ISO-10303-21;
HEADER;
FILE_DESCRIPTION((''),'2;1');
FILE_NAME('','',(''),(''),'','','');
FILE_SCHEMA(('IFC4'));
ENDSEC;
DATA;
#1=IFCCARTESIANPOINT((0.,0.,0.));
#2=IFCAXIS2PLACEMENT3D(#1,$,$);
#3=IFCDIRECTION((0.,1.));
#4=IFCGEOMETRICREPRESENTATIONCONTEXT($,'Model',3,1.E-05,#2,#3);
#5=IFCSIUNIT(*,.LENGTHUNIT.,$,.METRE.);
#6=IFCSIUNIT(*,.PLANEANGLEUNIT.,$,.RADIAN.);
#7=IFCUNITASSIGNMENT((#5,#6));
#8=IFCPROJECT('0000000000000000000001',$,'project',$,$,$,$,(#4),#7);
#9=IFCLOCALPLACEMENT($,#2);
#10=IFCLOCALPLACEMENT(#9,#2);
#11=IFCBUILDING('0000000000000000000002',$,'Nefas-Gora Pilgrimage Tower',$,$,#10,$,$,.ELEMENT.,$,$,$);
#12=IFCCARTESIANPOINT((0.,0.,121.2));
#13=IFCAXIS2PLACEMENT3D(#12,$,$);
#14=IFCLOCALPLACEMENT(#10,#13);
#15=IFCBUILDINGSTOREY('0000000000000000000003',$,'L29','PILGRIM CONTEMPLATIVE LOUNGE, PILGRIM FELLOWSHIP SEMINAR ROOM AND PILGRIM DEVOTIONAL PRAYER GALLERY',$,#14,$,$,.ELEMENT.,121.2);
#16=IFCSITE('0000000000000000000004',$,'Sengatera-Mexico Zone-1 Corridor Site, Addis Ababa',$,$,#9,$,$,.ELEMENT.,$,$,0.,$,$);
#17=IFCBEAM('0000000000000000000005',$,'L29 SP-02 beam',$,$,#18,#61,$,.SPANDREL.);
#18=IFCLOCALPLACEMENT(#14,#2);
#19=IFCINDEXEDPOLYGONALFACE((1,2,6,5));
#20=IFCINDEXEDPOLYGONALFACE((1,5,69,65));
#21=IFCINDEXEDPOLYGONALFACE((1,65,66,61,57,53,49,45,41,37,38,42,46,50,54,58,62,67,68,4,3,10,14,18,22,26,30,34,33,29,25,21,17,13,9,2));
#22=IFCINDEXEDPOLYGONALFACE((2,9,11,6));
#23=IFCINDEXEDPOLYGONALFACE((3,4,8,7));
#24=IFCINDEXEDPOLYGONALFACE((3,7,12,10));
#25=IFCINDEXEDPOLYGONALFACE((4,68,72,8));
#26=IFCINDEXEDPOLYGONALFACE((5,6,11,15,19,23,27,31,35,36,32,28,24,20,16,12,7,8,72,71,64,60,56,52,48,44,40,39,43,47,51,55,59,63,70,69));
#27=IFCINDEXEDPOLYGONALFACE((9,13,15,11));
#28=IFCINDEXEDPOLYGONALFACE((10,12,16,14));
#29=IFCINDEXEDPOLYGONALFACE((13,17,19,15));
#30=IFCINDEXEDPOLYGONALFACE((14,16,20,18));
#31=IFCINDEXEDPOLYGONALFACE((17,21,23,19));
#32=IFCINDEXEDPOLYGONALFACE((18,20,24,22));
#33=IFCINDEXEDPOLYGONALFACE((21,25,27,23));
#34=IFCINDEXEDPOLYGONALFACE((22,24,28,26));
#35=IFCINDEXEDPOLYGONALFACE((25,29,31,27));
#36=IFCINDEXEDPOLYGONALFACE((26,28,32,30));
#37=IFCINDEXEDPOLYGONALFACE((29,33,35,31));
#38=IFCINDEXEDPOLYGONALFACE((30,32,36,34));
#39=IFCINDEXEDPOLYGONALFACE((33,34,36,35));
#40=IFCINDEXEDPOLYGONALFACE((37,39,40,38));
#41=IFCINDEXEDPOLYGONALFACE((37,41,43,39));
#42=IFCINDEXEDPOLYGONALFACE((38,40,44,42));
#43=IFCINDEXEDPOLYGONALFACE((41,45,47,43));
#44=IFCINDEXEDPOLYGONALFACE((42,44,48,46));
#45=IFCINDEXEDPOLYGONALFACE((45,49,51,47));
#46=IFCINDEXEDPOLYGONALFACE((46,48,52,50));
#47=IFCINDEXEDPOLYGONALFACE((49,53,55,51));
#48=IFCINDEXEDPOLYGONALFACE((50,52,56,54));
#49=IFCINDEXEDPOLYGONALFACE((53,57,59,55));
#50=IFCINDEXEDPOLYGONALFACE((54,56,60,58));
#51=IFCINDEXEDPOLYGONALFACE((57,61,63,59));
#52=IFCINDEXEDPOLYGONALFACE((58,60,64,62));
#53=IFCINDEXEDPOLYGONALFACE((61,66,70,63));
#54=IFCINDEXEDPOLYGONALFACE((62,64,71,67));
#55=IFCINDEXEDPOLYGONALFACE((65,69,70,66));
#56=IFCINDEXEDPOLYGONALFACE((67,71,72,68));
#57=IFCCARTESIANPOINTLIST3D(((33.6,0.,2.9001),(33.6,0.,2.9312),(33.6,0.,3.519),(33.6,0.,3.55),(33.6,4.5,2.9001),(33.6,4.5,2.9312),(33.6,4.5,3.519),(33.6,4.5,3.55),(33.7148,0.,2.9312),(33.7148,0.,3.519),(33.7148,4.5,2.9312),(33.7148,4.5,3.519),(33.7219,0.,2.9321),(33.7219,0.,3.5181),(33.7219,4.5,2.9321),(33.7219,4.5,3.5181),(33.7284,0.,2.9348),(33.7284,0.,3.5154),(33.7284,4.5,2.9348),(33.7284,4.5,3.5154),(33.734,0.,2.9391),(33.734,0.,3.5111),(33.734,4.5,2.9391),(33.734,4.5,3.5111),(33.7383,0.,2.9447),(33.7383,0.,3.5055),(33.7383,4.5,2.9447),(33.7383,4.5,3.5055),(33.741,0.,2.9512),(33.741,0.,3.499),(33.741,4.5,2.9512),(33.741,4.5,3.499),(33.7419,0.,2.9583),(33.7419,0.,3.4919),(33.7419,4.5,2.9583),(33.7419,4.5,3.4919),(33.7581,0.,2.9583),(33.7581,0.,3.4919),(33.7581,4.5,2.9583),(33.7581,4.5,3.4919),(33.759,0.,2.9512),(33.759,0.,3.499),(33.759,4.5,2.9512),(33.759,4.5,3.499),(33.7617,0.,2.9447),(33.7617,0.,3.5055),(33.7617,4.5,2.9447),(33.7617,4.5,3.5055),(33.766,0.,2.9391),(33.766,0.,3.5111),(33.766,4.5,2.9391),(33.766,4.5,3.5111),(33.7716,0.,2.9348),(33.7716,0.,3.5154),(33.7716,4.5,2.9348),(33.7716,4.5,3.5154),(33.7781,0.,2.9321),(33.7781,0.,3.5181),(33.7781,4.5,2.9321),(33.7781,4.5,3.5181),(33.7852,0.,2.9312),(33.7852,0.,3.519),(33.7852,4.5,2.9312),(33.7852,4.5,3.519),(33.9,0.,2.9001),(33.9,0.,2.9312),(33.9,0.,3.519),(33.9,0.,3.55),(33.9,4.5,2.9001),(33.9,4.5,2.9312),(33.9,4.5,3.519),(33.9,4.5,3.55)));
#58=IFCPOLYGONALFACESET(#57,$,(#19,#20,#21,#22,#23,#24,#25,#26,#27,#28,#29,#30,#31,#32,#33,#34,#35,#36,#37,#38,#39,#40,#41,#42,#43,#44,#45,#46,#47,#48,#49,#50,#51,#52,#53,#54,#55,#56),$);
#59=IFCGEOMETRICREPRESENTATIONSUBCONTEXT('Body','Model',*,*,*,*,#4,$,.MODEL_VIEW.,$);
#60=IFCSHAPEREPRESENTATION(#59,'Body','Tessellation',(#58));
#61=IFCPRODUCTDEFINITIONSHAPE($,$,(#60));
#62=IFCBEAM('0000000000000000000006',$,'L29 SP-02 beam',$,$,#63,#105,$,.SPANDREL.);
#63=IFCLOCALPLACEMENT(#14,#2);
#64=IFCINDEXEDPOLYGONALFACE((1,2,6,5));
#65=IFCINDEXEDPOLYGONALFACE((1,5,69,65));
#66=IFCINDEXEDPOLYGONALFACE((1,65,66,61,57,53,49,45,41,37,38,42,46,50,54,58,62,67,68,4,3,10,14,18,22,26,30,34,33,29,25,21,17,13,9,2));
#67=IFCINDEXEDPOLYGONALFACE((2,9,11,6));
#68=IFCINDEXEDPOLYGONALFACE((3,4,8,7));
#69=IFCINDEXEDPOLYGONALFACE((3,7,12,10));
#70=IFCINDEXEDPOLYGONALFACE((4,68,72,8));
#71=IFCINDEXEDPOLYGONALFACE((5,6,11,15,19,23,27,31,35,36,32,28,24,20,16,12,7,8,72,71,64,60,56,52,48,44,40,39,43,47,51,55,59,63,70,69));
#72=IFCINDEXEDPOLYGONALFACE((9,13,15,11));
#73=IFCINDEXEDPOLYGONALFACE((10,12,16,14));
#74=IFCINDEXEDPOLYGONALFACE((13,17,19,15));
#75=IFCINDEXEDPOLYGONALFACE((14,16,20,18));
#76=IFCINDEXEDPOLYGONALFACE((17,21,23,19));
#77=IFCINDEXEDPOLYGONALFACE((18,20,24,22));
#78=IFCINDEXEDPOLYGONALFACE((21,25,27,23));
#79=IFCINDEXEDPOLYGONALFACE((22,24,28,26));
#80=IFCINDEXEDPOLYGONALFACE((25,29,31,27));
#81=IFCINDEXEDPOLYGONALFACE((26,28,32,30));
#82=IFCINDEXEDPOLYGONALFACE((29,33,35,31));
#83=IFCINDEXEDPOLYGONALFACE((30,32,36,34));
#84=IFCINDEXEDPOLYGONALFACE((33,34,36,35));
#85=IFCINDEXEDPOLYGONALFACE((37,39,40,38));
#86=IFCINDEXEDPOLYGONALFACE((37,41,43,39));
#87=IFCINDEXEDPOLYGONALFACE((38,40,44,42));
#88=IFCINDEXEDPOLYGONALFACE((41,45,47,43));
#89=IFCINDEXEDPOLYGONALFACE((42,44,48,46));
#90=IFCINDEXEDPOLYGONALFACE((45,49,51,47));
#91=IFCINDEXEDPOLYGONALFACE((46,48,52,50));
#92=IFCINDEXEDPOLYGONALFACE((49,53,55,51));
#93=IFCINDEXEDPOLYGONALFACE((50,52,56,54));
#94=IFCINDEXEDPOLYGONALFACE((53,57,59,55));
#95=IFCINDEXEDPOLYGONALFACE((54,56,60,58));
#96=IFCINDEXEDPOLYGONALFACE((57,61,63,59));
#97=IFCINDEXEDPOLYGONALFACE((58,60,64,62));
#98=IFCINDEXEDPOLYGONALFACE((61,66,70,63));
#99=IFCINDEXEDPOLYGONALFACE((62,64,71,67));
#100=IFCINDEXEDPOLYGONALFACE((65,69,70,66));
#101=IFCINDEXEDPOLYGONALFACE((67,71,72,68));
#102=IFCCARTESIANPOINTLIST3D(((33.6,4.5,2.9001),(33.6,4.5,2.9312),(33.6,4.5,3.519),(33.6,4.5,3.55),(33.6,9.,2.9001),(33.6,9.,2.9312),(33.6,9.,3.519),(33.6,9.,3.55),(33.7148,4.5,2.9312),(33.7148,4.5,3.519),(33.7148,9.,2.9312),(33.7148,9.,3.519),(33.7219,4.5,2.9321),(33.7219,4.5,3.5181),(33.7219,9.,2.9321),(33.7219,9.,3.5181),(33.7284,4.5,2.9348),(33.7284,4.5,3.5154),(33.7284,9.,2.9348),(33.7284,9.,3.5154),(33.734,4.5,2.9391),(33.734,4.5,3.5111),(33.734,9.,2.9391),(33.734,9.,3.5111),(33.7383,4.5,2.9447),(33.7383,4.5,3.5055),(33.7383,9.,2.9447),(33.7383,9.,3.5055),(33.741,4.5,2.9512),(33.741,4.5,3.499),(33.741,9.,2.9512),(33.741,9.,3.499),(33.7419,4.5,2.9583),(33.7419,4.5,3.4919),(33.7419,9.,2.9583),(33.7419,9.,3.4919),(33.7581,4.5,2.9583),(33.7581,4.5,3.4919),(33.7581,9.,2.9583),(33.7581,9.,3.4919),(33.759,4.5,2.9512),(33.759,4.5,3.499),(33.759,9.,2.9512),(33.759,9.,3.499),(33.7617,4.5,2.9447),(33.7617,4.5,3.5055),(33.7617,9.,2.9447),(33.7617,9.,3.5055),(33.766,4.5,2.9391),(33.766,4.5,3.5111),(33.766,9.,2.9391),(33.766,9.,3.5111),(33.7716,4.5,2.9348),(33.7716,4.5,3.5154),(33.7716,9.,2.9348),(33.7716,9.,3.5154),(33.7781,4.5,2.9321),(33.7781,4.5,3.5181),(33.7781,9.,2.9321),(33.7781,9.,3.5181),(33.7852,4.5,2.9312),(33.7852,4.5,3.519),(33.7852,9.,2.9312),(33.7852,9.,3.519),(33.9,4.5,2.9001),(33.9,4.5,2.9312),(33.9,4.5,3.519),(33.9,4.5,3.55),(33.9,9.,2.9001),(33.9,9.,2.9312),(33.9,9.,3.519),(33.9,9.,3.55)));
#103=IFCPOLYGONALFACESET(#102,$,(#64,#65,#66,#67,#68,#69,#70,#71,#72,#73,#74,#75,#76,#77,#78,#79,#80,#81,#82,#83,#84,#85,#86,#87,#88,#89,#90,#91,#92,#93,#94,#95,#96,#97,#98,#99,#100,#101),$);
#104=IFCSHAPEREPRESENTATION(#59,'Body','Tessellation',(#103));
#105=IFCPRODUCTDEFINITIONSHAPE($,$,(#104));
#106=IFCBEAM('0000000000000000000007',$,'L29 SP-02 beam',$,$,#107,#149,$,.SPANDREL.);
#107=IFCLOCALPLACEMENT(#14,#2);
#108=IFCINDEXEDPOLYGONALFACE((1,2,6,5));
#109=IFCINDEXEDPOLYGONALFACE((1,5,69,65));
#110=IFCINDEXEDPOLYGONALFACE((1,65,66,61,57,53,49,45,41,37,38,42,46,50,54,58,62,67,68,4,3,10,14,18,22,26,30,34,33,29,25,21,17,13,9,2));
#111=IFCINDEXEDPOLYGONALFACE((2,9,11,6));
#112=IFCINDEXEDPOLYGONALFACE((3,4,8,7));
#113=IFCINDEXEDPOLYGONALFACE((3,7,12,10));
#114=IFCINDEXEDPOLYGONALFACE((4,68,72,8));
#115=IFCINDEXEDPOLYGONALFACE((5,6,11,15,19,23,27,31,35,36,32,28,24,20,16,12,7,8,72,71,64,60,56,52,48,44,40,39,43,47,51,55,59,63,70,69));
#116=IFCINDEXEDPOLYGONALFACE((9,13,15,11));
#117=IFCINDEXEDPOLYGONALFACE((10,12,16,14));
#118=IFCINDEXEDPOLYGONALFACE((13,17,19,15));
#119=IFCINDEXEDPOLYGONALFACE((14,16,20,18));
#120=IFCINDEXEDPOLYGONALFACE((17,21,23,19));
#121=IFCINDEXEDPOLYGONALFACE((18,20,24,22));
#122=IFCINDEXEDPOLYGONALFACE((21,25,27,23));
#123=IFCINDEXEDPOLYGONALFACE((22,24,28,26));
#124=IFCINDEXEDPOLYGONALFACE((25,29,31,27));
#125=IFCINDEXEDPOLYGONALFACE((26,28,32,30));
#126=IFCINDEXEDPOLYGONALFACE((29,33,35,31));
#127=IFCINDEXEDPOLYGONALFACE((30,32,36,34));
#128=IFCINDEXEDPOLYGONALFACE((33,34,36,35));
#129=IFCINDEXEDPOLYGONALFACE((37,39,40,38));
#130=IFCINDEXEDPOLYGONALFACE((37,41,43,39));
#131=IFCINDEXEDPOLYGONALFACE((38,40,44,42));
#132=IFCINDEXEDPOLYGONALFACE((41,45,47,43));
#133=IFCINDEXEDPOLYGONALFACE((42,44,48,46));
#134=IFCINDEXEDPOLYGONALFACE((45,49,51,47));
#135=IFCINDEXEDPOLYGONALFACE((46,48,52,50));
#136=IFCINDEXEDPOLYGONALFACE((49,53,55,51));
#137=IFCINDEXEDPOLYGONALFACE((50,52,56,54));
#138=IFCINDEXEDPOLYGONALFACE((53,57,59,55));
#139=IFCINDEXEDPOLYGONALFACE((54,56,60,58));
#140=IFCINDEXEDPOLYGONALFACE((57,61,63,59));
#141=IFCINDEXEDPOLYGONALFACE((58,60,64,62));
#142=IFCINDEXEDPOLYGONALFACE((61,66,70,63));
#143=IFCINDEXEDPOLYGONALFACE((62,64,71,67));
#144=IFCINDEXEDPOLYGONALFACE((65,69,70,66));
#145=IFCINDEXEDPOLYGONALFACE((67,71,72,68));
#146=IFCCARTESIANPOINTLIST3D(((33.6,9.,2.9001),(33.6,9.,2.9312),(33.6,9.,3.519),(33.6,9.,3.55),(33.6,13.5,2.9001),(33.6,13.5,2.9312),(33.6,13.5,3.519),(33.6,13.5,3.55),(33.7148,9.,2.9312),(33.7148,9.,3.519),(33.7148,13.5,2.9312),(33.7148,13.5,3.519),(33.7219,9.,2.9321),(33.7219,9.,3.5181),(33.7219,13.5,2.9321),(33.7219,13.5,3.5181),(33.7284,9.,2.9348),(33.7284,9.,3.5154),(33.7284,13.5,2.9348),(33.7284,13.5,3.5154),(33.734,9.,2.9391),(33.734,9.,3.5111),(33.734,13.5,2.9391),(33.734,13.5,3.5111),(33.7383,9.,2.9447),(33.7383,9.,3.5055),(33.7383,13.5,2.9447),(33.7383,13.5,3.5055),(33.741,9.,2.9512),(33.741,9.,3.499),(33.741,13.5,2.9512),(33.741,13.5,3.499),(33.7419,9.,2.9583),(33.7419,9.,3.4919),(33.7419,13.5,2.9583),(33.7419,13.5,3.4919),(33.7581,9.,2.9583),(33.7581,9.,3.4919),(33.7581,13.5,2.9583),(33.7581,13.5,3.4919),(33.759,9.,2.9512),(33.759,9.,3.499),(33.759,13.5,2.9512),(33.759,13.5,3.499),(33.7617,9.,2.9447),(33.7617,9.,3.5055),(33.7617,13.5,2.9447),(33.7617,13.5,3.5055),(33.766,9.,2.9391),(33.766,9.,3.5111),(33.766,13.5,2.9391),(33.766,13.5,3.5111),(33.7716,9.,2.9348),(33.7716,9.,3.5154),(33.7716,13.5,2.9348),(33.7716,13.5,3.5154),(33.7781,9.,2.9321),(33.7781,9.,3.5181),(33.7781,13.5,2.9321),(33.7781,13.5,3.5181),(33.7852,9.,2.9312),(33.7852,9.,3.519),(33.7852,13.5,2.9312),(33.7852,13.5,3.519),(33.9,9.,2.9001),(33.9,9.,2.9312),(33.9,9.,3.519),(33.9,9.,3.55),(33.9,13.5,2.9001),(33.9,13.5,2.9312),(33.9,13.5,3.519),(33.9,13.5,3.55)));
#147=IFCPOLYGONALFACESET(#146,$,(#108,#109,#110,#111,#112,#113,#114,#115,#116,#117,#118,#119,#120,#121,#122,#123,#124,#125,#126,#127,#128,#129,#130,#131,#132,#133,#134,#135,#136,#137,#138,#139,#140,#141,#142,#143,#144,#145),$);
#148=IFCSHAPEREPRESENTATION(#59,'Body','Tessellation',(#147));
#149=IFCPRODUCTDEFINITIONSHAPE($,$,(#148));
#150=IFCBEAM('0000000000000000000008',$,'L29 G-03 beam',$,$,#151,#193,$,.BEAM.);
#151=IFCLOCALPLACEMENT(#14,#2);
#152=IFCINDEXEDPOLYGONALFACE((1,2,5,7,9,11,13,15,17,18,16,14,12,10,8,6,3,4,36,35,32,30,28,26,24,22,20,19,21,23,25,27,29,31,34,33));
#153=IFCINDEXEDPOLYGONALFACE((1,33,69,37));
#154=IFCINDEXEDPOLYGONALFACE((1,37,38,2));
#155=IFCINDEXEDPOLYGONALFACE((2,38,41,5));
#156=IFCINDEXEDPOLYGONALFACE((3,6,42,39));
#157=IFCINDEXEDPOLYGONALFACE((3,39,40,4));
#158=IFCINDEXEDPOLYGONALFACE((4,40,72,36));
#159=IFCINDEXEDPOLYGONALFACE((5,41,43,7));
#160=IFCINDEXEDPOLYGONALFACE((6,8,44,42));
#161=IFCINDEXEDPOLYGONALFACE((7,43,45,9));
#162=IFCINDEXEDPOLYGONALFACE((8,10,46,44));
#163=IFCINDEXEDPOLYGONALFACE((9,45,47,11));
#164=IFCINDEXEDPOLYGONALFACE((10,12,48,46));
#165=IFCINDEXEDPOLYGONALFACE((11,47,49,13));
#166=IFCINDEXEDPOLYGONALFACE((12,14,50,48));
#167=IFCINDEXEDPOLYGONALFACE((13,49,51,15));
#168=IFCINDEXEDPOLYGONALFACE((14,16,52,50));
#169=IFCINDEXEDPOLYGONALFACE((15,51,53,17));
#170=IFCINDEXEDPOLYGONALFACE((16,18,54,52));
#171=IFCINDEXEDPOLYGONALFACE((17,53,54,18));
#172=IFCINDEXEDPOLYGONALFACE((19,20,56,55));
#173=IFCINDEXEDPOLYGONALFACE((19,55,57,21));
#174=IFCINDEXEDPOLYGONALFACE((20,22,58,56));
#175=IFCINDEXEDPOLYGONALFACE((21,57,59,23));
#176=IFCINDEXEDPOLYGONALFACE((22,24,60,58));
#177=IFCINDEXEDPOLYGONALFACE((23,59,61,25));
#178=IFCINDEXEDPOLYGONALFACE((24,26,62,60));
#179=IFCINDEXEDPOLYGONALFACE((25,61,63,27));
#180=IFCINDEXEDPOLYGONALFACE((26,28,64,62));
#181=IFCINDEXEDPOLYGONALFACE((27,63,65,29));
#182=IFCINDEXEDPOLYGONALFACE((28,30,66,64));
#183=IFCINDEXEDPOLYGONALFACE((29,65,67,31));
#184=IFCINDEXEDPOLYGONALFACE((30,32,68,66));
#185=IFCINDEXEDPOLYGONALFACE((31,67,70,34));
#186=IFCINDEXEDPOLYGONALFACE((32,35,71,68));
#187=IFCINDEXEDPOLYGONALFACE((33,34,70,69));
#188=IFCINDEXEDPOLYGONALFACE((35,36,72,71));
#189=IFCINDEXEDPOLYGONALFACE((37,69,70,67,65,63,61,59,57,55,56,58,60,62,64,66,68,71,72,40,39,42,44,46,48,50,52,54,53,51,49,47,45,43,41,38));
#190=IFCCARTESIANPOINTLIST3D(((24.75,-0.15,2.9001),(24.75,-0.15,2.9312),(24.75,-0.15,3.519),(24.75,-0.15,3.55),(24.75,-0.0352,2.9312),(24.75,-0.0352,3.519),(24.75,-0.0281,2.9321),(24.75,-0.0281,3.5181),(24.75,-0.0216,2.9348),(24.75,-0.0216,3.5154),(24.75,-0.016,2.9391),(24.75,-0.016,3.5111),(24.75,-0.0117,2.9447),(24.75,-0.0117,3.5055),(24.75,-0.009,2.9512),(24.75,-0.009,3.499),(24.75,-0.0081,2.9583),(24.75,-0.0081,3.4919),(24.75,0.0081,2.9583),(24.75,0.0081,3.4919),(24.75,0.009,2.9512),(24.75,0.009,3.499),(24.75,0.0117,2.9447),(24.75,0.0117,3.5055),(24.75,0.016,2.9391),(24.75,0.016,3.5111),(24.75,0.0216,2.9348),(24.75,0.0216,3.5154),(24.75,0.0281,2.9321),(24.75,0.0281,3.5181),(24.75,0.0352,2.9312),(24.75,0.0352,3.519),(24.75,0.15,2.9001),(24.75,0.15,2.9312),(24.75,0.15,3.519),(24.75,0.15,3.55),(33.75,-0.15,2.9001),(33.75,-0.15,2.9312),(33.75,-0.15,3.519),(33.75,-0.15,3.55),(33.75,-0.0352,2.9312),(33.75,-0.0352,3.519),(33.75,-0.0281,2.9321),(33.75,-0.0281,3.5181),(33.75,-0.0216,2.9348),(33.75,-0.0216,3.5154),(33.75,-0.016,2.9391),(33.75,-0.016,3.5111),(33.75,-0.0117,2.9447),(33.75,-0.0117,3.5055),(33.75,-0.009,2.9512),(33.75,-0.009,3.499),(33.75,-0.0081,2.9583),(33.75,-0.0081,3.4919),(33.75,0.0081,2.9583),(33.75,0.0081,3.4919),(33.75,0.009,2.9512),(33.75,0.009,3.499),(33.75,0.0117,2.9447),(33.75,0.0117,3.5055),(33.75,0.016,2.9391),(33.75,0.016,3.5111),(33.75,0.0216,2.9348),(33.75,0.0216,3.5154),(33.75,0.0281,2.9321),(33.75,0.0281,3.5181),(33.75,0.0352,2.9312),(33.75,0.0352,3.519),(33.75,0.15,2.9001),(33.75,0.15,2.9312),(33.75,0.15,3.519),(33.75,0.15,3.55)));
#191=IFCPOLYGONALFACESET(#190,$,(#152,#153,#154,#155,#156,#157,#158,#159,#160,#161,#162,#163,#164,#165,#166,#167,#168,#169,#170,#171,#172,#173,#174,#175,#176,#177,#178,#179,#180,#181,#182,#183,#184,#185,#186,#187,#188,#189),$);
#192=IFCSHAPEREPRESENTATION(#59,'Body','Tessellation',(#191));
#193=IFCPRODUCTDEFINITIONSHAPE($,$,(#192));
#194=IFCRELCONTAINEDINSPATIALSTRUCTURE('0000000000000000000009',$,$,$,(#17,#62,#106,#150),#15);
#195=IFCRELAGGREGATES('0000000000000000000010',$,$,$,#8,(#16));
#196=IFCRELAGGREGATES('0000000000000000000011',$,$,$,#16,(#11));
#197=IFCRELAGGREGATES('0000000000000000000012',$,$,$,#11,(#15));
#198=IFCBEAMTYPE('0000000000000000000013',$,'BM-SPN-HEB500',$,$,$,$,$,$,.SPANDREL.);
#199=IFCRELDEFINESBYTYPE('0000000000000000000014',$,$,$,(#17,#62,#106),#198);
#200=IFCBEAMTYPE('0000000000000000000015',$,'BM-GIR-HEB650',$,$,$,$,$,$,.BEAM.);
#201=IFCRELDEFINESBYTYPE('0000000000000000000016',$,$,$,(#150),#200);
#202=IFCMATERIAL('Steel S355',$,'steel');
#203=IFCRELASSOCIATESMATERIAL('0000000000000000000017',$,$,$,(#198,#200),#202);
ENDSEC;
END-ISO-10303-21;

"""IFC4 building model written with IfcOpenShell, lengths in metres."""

from ifc_helpers import new_model, si_unit, direction, frame, origin, origin_2d, place, context, subcontext, project, spatial, i_section, extrude, source, transform, mapped, material, material_profile, profile_set, type_object, element, save


model = new_model("IFC4")

# Units and contexts
model_context = context("Model", 3, precision=1e-05, world=origin(), true_north=direction((0.0, 1.0)))
body_context = subcontext(model_context, "Body", "Model", "MODEL_VIEW")
ifc_project = project(units=[si_unit("LENGTHUNIT", "METRE"), si_unit("PLANEANGLEUNIT", "RADIAN")], contexts=[model_context])

# Site, building, storey
site_placement = place(None, origin())
site = spatial("IfcSite", under=ifc_project, at=site_placement, Name="Sengatera-Mexico Zone-1 Corridor Site, Addis Ababa", CompositionType="ELEMENT", RefElevation=0.0)
building_placement = place(site_placement, origin())
building = spatial("IfcBuilding", under=site, at=building_placement, Name="Nefas-Gora Pilgrimage Tower", CompositionType="ELEMENT")
storey_placement = place(building_placement, frame((0.0, 0.0, 121.2)))
storey = spatial("IfcBuildingStorey", under=building, at=storey_placement, Name="L29", Description="PILGRIM CONTEMPLATIVE LOUNGE, PILGRIM FELLOWSHIP SEMINAR ROOM AND PILGRIM DEVOTIONAL PRAYER GALLERY", CompositionType="ELEMENT", Elevation=121.2)

# Beams
ifc_material_1 = material(Name="Steel S355", Category="steel")
ifc_material_profile_1 = material_profile(ifc_material_1, i_section(OverallWidth=0.3, OverallDepth=0.6499, WebThickness=0.0161, FlangeThickness=0.031, FilletRadius=0.0271, at=origin_2d()), Name="HEB 650")
ifc_profile_set_1 = profile_set([ifc_material_profile_1], Name="Steel S355")
beam_type_1 = type_object("IfcBeamType", Name="BM-SPN-HEB500", PredefinedType="SPANDREL", material=ifc_profile_set_1)
shared_shape_1 = source(origin(), body_context, "Body", "SweptSolid", [
    extrude(i_section(OverallWidth=0.3, OverallDepth=0.6499, WebThickness=0.0161, FlangeThickness=0.031, FilletRadius=0.0271, at=origin_2d()), origin(), (0.0, 0.0, 1.0), 4.5),
])
for number, where, z_axis, x_axis, name in (
    (1, (33.75, 0.0, 3.2251), (0.0, 1.0, 0.0), (-1.0, 0.0, 0.0), "L29 SP-02 beam"),
    (2, (33.75, 4.5, 3.2251), (0.0, 1.0, 0.0), (-1.0, 0.0, 0.0), "L29 SP-02 beam"),
    (3, (33.75, 9.0, 3.2251), (0.0, 1.0, 0.0), (-1.0, 0.0, 0.0), "L29 SP-02 beam"),
):
    element("IfcBeam", number, at=place(storey_placement, frame(where, z_axis=z_axis, x_axis=x_axis)), inside=storey, type_object=beam_type_1, Name=name, PredefinedType="SPANDREL", context=body_context, shape_type="MappedRepresentation", body=[
        mapped(shared_shape_1, transform((0.0, 0.0, 0.0), x_axis=(1.0, 0.0, 0.0), y_axis=(0.0, 1.0, 0.0), z_axis=(0.0, 0.0, 1.0), scale=1.0)),
    ])
ifc_material_profile_2 = material_profile(ifc_material_1, i_section(OverallWidth=0.3, OverallDepth=0.6499, WebThickness=0.0161, FlangeThickness=0.031, FilletRadius=0.0271, at=origin_2d()), Name="HEB 650")
ifc_profile_set_2 = profile_set([ifc_material_profile_2], Name="Steel S355")
beam_type_2 = type_object("IfcBeamType", Name="BM-GIR-HEB650", PredefinedType="BEAM", material=ifc_profile_set_2)
shared_shape_2 = source(origin(), body_context, "Body", "SweptSolid", [
    extrude(i_section(OverallWidth=0.3, OverallDepth=0.6499, WebThickness=0.0161, FlangeThickness=0.031, FilletRadius=0.0271, at=origin_2d()), origin(), (0.0, 0.0, 1.0), 9.0),
])
for number, where, z_axis, x_axis, name in (
    (4, (24.75, 0.0, 3.2251), (1.0, 0.0, 0.0), (0.0, 1.0, 0.0), "L29 G-03 beam"),
):
    element("IfcBeam", number, at=place(storey_placement, frame(where, z_axis=z_axis, x_axis=x_axis)), inside=storey, type_object=beam_type_2, Name=name, PredefinedType="BEAM", context=body_context, shape_type="MappedRepresentation", body=[
        mapped(shared_shape_2, transform((0.0, 0.0, 0.0), x_axis=(1.0, 0.0, 0.0), y_axis=(0.0, 1.0, 0.0), z_axis=(0.0, 0.0, 1.0), scale=1.0)),
    ])

save(model, "model.ifc")
